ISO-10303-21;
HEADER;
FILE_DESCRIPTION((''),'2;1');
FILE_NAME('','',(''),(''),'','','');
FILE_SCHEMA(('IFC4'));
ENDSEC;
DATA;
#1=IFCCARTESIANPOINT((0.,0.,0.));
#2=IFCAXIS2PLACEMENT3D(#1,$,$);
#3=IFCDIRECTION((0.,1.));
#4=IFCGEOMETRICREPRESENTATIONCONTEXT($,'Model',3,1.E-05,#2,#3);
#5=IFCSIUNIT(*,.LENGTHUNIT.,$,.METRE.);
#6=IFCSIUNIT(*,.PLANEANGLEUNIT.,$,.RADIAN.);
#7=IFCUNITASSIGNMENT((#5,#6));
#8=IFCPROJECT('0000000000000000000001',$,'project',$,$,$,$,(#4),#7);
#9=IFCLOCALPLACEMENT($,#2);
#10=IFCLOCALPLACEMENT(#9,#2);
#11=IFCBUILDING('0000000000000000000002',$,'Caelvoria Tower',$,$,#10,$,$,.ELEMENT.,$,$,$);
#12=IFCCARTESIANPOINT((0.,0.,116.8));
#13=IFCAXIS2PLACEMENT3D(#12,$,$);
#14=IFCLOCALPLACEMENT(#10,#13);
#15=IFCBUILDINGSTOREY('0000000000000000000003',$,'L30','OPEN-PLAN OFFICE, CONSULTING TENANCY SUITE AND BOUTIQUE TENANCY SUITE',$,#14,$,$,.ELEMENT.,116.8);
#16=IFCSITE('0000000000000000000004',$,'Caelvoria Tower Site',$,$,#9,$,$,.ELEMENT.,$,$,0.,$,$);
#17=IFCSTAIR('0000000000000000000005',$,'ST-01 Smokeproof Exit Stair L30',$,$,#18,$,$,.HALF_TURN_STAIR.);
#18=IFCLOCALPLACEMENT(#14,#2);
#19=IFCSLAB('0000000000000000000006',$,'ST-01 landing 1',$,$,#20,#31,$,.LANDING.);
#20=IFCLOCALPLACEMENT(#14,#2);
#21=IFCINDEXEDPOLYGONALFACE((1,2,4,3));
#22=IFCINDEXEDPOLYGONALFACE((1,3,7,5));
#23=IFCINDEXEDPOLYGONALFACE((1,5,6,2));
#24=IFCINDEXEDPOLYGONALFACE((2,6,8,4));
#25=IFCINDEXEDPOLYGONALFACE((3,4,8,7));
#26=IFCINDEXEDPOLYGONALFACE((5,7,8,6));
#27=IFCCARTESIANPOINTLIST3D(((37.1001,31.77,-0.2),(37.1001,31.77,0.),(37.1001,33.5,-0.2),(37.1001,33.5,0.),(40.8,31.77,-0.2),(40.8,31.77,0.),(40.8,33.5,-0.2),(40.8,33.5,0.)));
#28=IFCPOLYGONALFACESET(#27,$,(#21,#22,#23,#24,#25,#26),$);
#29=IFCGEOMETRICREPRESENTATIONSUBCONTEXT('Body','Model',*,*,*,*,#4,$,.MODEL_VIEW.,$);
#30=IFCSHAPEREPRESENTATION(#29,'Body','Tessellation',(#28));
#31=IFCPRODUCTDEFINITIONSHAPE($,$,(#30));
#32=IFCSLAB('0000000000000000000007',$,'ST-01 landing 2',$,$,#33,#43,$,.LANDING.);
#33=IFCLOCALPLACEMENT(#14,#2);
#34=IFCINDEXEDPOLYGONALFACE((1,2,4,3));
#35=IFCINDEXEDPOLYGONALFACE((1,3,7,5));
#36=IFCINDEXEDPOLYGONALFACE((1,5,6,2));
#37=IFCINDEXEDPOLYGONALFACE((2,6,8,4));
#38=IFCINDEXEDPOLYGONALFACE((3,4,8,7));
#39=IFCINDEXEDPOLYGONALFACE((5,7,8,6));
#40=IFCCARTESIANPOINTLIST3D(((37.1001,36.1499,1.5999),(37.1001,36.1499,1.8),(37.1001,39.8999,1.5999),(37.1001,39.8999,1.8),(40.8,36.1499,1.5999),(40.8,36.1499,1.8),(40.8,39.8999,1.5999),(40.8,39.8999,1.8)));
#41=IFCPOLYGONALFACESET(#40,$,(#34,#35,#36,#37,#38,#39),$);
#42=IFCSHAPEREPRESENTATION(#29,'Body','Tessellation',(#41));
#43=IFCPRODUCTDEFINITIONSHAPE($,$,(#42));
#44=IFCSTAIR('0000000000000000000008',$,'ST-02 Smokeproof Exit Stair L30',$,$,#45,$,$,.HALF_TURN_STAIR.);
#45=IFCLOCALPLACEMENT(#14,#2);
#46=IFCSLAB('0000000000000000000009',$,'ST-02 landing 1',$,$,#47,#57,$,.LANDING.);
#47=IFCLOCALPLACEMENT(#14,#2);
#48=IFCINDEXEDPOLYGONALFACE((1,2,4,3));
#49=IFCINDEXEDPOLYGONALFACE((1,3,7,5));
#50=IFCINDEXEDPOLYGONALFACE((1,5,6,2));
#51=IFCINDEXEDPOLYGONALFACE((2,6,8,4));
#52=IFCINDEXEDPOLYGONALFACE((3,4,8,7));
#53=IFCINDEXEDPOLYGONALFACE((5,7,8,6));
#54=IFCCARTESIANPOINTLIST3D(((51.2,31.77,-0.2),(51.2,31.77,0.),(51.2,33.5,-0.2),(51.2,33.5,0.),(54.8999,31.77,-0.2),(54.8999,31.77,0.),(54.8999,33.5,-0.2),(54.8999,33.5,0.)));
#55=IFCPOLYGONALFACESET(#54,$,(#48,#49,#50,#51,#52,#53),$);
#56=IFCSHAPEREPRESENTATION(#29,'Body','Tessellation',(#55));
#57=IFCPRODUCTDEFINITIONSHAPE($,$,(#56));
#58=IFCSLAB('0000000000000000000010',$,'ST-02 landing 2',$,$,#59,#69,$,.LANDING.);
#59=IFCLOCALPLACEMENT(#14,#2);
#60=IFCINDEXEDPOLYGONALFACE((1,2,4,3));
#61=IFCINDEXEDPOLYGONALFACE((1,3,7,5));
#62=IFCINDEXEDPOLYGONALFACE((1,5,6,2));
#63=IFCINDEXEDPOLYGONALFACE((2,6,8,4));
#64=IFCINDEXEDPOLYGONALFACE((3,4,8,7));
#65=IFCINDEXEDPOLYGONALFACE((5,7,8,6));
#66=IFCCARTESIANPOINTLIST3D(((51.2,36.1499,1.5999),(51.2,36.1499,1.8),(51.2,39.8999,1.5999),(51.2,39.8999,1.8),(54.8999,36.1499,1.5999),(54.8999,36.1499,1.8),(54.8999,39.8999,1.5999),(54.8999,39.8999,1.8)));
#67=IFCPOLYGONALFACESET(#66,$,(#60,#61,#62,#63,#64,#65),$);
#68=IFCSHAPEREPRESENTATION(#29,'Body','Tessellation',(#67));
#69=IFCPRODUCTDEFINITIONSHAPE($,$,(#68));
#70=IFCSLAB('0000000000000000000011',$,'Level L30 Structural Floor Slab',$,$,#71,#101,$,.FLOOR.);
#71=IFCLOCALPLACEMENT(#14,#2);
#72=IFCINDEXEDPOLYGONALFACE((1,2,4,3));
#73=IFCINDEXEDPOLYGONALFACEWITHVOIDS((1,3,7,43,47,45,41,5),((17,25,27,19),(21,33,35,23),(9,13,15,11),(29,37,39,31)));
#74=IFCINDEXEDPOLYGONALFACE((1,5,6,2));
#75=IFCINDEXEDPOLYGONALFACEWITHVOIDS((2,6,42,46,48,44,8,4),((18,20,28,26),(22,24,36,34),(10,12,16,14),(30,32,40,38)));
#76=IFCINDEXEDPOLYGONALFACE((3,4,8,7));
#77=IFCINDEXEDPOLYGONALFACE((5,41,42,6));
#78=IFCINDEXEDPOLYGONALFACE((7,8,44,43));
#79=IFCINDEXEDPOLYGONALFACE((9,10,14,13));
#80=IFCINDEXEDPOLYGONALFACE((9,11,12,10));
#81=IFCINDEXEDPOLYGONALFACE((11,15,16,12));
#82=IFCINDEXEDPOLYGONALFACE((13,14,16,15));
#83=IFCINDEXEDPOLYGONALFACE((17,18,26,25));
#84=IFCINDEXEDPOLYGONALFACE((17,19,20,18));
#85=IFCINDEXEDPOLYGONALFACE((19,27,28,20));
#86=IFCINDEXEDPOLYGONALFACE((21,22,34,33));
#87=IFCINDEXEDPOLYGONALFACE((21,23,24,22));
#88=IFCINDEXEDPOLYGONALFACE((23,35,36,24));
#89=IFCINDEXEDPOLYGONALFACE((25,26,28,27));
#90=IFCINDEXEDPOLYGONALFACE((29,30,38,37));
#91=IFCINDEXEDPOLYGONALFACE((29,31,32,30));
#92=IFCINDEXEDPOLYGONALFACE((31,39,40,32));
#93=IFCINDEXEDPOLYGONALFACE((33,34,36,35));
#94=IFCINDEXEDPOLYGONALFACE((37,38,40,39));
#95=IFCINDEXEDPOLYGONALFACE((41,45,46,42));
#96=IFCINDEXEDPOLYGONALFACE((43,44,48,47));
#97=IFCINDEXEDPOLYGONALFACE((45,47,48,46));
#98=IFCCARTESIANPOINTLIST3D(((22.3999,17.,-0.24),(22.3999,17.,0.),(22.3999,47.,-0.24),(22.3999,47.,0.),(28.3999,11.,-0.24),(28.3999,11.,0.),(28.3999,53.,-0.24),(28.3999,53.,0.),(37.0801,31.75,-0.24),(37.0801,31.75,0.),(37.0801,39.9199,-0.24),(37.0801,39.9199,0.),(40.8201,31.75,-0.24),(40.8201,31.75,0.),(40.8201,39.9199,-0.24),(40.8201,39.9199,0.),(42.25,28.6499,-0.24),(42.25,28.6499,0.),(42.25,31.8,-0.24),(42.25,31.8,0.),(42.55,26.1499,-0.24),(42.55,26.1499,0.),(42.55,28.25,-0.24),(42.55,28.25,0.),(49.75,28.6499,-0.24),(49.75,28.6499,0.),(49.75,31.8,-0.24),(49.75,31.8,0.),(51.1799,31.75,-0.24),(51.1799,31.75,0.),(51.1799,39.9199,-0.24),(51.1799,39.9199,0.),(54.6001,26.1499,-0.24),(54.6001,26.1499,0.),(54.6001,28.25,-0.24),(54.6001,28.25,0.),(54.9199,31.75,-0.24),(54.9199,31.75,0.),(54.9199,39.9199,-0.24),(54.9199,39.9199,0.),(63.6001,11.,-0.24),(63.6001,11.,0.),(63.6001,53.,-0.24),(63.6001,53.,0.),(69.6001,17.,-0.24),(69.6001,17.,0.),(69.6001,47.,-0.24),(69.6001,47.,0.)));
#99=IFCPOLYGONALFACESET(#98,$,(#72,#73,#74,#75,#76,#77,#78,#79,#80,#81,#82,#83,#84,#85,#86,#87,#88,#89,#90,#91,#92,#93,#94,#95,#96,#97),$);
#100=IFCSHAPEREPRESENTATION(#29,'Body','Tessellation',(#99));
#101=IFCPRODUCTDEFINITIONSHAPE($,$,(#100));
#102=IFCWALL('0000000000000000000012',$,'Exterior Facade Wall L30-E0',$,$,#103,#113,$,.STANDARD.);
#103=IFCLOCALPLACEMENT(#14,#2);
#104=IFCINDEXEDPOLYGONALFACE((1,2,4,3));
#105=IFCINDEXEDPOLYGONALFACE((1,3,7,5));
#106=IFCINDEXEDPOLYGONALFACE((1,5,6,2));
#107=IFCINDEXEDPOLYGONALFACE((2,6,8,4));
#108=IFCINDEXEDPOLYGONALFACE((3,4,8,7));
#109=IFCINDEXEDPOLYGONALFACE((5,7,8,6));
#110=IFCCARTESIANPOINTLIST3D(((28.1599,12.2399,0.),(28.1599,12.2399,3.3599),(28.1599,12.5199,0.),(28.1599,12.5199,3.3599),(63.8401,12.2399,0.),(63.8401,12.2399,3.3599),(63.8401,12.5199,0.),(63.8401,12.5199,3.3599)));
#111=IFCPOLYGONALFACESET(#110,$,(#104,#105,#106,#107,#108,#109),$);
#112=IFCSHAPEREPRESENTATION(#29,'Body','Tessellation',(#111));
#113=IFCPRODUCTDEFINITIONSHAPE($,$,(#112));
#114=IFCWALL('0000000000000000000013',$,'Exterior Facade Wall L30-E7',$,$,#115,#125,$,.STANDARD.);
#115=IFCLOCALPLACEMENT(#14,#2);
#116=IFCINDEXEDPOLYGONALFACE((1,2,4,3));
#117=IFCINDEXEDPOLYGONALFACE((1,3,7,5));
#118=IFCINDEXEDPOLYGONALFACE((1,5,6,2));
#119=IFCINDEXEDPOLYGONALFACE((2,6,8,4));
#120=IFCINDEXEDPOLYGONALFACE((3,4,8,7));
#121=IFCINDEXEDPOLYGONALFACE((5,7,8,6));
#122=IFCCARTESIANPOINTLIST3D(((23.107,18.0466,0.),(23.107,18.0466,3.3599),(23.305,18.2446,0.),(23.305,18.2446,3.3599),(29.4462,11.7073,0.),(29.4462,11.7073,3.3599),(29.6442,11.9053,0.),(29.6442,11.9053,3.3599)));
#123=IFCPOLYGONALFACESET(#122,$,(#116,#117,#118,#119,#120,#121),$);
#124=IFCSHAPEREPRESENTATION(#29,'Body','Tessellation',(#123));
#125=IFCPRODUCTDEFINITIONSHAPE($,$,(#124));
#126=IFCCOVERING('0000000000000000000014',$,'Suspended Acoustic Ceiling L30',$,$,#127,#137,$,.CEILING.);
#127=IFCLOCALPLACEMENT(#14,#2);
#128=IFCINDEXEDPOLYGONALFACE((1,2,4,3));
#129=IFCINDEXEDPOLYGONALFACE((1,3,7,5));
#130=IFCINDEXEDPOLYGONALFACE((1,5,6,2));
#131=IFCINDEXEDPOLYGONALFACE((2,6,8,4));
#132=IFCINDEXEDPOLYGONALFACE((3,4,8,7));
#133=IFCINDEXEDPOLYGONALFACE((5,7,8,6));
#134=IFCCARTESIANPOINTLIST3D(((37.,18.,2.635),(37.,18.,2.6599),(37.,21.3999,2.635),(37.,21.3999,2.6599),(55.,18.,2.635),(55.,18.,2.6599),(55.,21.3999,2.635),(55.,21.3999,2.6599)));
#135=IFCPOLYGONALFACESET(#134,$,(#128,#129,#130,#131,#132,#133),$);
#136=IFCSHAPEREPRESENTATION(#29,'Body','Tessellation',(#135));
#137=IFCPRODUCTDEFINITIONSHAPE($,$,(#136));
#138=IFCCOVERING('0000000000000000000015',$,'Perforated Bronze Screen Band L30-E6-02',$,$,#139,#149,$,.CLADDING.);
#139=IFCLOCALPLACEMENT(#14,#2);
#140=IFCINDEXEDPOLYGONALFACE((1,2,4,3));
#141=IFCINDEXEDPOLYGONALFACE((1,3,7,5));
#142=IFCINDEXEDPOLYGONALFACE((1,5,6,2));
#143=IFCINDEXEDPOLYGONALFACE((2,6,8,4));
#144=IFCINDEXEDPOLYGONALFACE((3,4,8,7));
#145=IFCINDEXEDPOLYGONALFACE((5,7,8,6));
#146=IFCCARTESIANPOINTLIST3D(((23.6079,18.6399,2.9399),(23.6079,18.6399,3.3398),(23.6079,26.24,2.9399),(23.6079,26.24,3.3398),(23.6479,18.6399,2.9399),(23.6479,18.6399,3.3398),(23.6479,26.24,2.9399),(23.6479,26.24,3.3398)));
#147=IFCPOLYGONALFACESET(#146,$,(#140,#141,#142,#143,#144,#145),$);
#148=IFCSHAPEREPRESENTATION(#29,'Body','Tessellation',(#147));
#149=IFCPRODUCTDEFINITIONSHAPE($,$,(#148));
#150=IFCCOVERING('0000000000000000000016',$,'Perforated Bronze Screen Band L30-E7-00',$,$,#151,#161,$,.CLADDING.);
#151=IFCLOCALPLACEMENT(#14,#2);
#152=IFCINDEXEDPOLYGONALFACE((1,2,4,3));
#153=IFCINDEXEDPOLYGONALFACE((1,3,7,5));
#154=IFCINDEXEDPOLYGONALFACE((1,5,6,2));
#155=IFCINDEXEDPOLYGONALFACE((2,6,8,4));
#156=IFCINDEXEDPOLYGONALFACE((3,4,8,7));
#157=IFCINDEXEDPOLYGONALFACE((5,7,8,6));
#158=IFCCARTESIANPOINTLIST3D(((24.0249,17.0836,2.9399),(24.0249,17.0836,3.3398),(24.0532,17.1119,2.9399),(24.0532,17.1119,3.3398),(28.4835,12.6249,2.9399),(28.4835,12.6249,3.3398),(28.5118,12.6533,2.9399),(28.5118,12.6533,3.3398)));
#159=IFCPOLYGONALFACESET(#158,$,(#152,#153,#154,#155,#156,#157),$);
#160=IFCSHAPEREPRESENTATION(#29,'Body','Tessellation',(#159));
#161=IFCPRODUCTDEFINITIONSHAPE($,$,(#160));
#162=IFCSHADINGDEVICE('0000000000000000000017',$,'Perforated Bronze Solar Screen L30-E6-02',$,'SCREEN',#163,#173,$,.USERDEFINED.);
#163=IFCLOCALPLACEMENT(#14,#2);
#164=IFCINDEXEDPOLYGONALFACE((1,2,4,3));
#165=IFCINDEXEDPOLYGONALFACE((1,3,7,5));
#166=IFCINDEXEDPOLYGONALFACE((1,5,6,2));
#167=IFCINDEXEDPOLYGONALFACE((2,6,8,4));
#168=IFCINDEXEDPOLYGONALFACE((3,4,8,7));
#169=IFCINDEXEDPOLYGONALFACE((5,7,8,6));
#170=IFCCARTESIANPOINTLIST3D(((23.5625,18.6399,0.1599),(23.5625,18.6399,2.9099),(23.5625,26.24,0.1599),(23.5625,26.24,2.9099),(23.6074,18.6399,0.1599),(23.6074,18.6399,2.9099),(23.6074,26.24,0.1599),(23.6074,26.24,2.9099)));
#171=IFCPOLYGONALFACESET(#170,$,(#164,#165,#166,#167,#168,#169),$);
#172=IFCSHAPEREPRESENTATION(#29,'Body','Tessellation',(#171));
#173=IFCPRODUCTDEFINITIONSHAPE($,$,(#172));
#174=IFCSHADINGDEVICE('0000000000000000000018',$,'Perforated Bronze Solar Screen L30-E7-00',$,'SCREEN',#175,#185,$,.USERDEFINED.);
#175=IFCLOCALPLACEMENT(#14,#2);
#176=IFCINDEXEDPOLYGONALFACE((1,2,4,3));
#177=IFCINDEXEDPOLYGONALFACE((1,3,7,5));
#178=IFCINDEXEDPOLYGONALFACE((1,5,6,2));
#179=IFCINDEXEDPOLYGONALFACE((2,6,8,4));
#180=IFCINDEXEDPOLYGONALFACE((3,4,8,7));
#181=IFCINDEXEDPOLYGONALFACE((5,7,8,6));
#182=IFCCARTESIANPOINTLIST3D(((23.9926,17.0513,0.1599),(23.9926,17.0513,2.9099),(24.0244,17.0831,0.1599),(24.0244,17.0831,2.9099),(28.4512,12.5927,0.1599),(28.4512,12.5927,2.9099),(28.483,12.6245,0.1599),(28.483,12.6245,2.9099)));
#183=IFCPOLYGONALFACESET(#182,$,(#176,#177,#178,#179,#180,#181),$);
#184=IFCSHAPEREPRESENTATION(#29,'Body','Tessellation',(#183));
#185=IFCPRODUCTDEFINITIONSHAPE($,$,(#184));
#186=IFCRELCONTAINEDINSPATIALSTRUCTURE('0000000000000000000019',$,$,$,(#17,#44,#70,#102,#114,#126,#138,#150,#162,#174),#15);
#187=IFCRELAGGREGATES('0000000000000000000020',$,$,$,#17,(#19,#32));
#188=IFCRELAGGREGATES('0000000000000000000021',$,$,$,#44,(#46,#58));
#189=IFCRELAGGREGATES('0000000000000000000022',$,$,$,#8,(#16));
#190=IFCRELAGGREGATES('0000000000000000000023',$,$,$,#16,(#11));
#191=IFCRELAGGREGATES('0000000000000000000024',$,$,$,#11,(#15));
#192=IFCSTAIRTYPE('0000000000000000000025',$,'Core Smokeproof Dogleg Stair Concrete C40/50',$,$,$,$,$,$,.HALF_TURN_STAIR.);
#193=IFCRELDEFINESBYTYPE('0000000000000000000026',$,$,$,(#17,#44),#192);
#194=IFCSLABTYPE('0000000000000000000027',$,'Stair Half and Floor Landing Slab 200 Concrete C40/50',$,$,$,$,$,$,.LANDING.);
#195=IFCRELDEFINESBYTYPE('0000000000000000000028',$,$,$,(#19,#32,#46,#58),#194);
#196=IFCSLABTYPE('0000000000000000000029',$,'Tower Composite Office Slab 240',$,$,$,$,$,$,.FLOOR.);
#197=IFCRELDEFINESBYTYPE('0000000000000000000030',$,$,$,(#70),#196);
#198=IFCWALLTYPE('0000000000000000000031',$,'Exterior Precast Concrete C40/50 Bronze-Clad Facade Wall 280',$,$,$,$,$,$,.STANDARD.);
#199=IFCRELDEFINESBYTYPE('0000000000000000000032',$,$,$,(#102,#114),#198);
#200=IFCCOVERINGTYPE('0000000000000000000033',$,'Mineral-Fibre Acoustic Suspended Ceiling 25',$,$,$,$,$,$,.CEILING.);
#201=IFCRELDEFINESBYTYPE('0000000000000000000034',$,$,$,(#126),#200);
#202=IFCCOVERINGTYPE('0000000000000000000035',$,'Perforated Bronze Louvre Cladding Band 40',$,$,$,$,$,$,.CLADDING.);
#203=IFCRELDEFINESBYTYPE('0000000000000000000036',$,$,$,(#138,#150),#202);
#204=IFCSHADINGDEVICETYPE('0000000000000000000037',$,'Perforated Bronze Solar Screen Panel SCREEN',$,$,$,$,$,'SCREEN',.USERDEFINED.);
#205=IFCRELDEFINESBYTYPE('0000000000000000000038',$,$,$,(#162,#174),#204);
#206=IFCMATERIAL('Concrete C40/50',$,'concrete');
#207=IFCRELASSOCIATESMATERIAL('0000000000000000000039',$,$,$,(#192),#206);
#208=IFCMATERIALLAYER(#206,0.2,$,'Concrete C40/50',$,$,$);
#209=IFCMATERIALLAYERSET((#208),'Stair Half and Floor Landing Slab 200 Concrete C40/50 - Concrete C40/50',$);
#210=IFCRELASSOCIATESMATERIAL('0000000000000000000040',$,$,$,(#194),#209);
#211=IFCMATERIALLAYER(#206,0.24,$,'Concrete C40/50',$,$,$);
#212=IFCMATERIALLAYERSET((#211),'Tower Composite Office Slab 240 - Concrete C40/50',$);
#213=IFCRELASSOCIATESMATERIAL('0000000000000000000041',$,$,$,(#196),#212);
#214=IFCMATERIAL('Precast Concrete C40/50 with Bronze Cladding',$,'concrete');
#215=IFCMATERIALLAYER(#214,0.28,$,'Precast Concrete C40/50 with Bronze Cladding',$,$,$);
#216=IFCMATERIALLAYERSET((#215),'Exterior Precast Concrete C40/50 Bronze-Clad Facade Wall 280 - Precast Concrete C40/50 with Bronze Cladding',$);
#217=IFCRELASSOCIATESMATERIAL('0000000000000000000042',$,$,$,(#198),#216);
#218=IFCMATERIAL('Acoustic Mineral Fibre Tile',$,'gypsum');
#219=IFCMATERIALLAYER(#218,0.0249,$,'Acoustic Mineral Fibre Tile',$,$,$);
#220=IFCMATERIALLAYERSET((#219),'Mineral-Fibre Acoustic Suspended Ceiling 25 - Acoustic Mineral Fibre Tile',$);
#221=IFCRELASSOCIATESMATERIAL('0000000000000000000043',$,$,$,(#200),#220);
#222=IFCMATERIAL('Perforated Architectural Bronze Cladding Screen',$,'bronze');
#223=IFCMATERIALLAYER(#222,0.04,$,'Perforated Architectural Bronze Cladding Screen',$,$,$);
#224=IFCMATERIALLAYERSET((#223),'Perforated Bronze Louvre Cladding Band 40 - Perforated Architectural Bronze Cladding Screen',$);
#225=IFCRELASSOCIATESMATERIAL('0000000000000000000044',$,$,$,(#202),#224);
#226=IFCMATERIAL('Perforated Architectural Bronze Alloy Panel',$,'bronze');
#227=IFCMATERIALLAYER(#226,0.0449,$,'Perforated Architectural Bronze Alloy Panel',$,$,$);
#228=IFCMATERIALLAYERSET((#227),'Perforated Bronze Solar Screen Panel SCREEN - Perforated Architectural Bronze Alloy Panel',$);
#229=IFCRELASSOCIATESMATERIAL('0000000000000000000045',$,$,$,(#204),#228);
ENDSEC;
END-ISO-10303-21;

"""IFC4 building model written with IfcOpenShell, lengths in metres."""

from ifc_helpers import new_model, si_unit, direction, frame, frame_2d, origin, origin_2d, place, context, subcontext, project, spatial, polyline, rectangle, outline, extrude, material, layer, layer_set, type_object, element, aggregate, save


model = new_model("IFC4")

# Units and contexts
model_context = context("Model", 3, precision=1e-05, world=origin(), true_north=direction((0.0, 1.0)))
body_context = subcontext(model_context, "Body", "Model", "MODEL_VIEW")
ifc_project = project(units=[si_unit("LENGTHUNIT", "METRE"), si_unit("PLANEANGLEUNIT", "RADIAN")], contexts=[model_context])

# Site, building, storey
site_placement = place(None, origin())
site = spatial("IfcSite", under=ifc_project, at=site_placement, Name="Caelvoria Tower Site", CompositionType="ELEMENT", RefElevation=0.0)
building_placement = place(site_placement, origin())
building = spatial("IfcBuilding", under=site, at=building_placement, Name="Caelvoria Tower", CompositionType="ELEMENT")
storey_placement = place(building_placement, frame((0.0, 0.0, 116.8)))
storey = spatial("IfcBuildingStorey", under=building, at=storey_placement, Name="L30", Description="OPEN-PLAN OFFICE, CONSULTING TENANCY SUITE AND BOUTIQUE TENANCY SUITE", CompositionType="ELEMENT", Elevation=116.8)

# Stairs, slabs
ifc_material_1 = material(Name="Concrete C40/50", Category="concrete")
stair_type = type_object("IfcStairType", Name="Core Smokeproof Dogleg Stair Concrete C40/50", PredefinedType="HALF_TURN_STAIR", material=ifc_material_1)
stair_1_placement = place(storey_placement, origin())
stair_1 = element("IfcStair", 1, at=stair_1_placement, inside=storey, type_object=stair_type, Name="ST-01 Smokeproof Exit Stair L30", PredefinedType="HALF_TURN_STAIR")
ifc_layer_1 = layer(ifc_material_1, 0.2, Name="Concrete C40/50")
ifc_layer_set_1 = layer_set([ifc_layer_1], Name="Stair Half and Floor Landing Slab 200 Concrete C40/50 - Concrete C40/50")
slab_type_1 = type_object("IfcSlabType", Name="Stair Half and Floor Landing Slab 200 Concrete C40/50", PredefinedType="LANDING", material=ifc_layer_set_1)
slab_1_placement = place(storey_placement, frame((0.0, 0.0, -0.2)))
slab_1 = element("IfcSlab", 2, at=slab_1_placement, type_object=slab_type_1, Name="ST-01 landing 1", PredefinedType="LANDING", context=body_context, shape_type="SweptSolid", body=[
    extrude(outline(polyline([(37.1001, 31.77), (40.8, 31.77), (40.8, 33.5), (37.1001, 33.5), (37.1001, 31.77)])), origin(), (0.0, 0.0, 1.0), 0.2),
])
slab_2_placement = place(storey_placement, frame((0.0, 0.0, 1.5999)))
slab_2 = element("IfcSlab", 3, at=slab_2_placement, type_object=slab_type_1, Name="ST-01 landing 2", PredefinedType="LANDING", context=body_context, shape_type="SweptSolid", body=[
    extrude(outline(polyline([(37.1001, 36.1499), (40.8, 36.1499), (40.8, 39.8999), (37.1001, 39.8999), (37.1001, 36.1499)])), origin(), (0.0, 0.0, 1.0), 0.2002),
])
aggregate(stair_1, [slab_1, slab_2])
stair_2_placement = place(storey_placement, origin())
stair_2 = element("IfcStair", 4, at=stair_2_placement, inside=storey, type_object=stair_type, Name="ST-02 Smokeproof Exit Stair L30", PredefinedType="HALF_TURN_STAIR")
slab_3_placement = place(storey_placement, frame((0.0, 0.0, -0.2)))
slab_3 = element("IfcSlab", 5, at=slab_3_placement, type_object=slab_type_1, Name="ST-02 landing 1", PredefinedType="LANDING", context=body_context, shape_type="SweptSolid", body=[
    extrude(outline(polyline([(51.2, 31.77), (54.8999, 31.77), (54.8999, 33.5), (51.2, 33.5), (51.2, 31.77)])), origin(), (0.0, 0.0, 1.0), 0.2),
])
slab_4_placement = place(storey_placement, frame((0.0, 0.0, 1.5999)))
slab_4 = element("IfcSlab", 6, at=slab_4_placement, type_object=slab_type_1, Name="ST-02 landing 2", PredefinedType="LANDING", context=body_context, shape_type="SweptSolid", body=[
    extrude(outline(polyline([(51.2, 36.1499), (54.8999, 36.1499), (54.8999, 39.8999), (51.2, 39.8999), (51.2, 36.1499)])), origin(), (0.0, 0.0, 1.0), 0.2002),
])
aggregate(stair_2, [slab_3, slab_4])

# Slab
ifc_layer_2 = layer(ifc_material_1, 0.24, Name="Concrete C40/50")
ifc_layer_set_2 = layer_set([ifc_layer_2], Name="Tower Composite Office Slab 240 - Concrete C40/50")
slab_type_2 = type_object("IfcSlabType", Name="Tower Composite Office Slab 240", PredefinedType="FLOOR", material=ifc_layer_set_2)
slab_5_placement = place(storey_placement, frame((0.0, 0.0, -0.24)))
element("IfcSlab", 7, at=slab_5_placement, inside=storey, type_object=slab_type_2, Name="Level L30 Structural Floor Slab", PredefinedType="FLOOR", context=body_context, shape_type="SweptSolid", body=[
    extrude(outline(polyline([(28.3999, 11.0), (63.6001, 11.0), (69.6001, 17.0), (69.6001, 47.0), (63.6001, 53.0), (28.3999, 53.0), (22.3999, 47.0), (22.3999, 17.0), (28.3999, 11.0)]), holes=[polyline([(37.0801, 31.75), (40.8201, 31.75), (40.8201, 39.9199), (37.0801, 39.9199), (37.0801, 31.75)]), polyline([(51.1799, 31.75), (54.9199, 31.75), (54.9199, 39.9199), (51.1799, 39.9199), (51.1799, 31.75)]), polyline([(42.25, 28.6499), (49.75, 28.6499), (49.75, 31.8), (42.25, 31.8), (42.25, 28.6499)]), polyline([(42.55, 26.1499), (54.6001, 26.1499), (54.6001, 28.25), (42.55, 28.25), (42.55, 26.1499)])]), origin(), (0.0, 0.0, 1.0), 0.24),
])

# Walls
ifc_material_2 = material(Name="Precast Concrete C40/50 with Bronze Cladding", Category="concrete")
ifc_layer_3 = layer(ifc_material_2, 0.28, Name="Precast Concrete C40/50 with Bronze Cladding")
ifc_layer_set_3 = layer_set([ifc_layer_3], Name="Exterior Precast Concrete C40/50 Bronze-Clad Facade Wall 280 - Precast Concrete C40/50 with Bronze Cladding")
wall_type = type_object("IfcWallType", Name="Exterior Precast Concrete C40/50 Bronze-Clad Facade Wall 280", PredefinedType="STANDARD", material=ifc_layer_set_3)
wall_1_placement = place(storey_placement, frame((28.1599, 12.3799, 0.0), z_axis=(0.0, 0.0, 1.0), x_axis=(1.0, 0.0, 0.0)))
element("IfcWall", 8, at=wall_1_placement, inside=storey, type_object=wall_type, Name="Exterior Facade Wall L30-E0", PredefinedType="STANDARD", context=body_context, shape_type="SweptSolid", body=[
    extrude(rectangle(XDim=35.6802, YDim=0.28, at=frame_2d((17.8401, 0.0))), origin(), (0.0, 0.0, 1.0), 3.3599),
])
wall_2_placement = place(storey_placement, frame((23.2061, 18.1455, 0.0), z_axis=(0.0, 0.0, 1.0), x_axis=(0.707107, -0.707107, 0.0)))
element("IfcWall", 9, at=wall_2_placement, inside=storey, type_object=wall_type, Name="Exterior Facade Wall L30-E7", PredefinedType="STANDARD", context=body_context, shape_type="SweptSolid", body=[
    extrude(rectangle(XDim=8.9651, YDim=0.28, at=frame_2d((4.4824, 0.0))), origin(), (0.0, 0.0, 1.0), 3.3599),
])

# Coverings
ifc_material_3 = material(Name="Acoustic Mineral Fibre Tile", Category="gypsum")
ifc_layer_4 = layer(ifc_material_3, 0.0249, Name="Acoustic Mineral Fibre Tile")
ifc_layer_set_4 = layer_set([ifc_layer_4], Name="Mineral-Fibre Acoustic Suspended Ceiling 25 - Acoustic Mineral Fibre Tile")
covering_type_1 = type_object("IfcCoveringType", Name="Mineral-Fibre Acoustic Suspended Ceiling 25", PredefinedType="CEILING", material=ifc_layer_set_4)
covering_1_placement = place(storey_placement, frame((0.0, 0.0, 2.635)))
element("IfcCovering", 10, at=covering_1_placement, inside=storey, type_object=covering_type_1, Name="Suspended Acoustic Ceiling L30", PredefinedType="CEILING", context=body_context, shape_type="SweptSolid", body=[
    extrude(outline(polyline([(37.0, 18.0), (55.0, 18.0), (55.0, 21.3999), (37.0, 21.3999), (37.0, 18.0)])), origin(), (0.0, 0.0, 1.0), 0.0249),
])
ifc_material_4 = material(Name="Perforated Architectural Bronze Cladding Screen", Category="bronze")
ifc_layer_5 = layer(ifc_material_4, 0.04, Name="Perforated Architectural Bronze Cladding Screen")
ifc_layer_set_5 = layer_set([ifc_layer_5], Name="Perforated Bronze Louvre Cladding Band 40 - Perforated Architectural Bronze Cladding Screen")
covering_type_2 = type_object("IfcCoveringType", Name="Perforated Bronze Louvre Cladding Band 40", PredefinedType="CLADDING", material=ifc_layer_set_5)
covering_2_placement = place(storey_placement, frame((23.6279, 22.4399, 2.9399), z_axis=(0.0, 0.0, 1.0), x_axis=(0.0, -1.0, 0.0)))
element("IfcCovering", 11, at=covering_2_placement, inside=storey, type_object=covering_type_2, Name="Perforated Bronze Screen Band L30-E6-02", PredefinedType="CLADDING", context=body_context, shape_type="SweptSolid", body=[
    extrude(rectangle(XDim=7.6001, YDim=0.04, at=origin_2d()), origin(), (0.0, 0.0, 1.0), 0.3999),
])
covering_3_placement = place(storey_placement, frame((26.2683, 14.8684, 2.9399), z_axis=(0.0, 0.0, 1.0), x_axis=(0.707107, -0.707107, 0.0)))
element("IfcCovering", 12, at=covering_3_placement, inside=storey, type_object=covering_type_2, Name="Perforated Bronze Screen Band L30-E7-00", PredefinedType="CLADDING", context=body_context, shape_type="SweptSolid", body=[
    extrude(rectangle(XDim=6.3054, YDim=0.04, at=origin_2d()), origin(), (0.0, 0.0, 1.0), 0.3999),
])

# Shading devices
ifc_material_5 = material(Name="Perforated Architectural Bronze Alloy Panel", Category="bronze")
ifc_layer_6 = layer(ifc_material_5, 0.0449, Name="Perforated Architectural Bronze Alloy Panel")
ifc_layer_set_6 = layer_set([ifc_layer_6], Name="Perforated Bronze Solar Screen Panel SCREEN - Perforated Architectural Bronze Alloy Panel")
shading_device_type = type_object("IfcShadingDeviceType", Name="Perforated Bronze Solar Screen Panel SCREEN", ElementType="SCREEN", PredefinedType="USERDEFINED", material=ifc_layer_set_6)
shading_device_1_placement = place(storey_placement, frame((23.585, 22.4399, 0.1599), z_axis=(0.0, 0.0, 1.0), x_axis=(0.0, -1.0, 0.0)))
element("IfcShadingDevice", 13, at=shading_device_1_placement, inside=storey, type_object=shading_device_type, Name="Perforated Bronze Solar Screen L30-E6-02", ObjectType="SCREEN", PredefinedType="USERDEFINED", context=body_context, shape_type="SweptSolid", body=[
    extrude(rectangle(XDim=7.6001, YDim=0.0449, at=origin_2d()), origin(), (0.0, 0.0, 1.0), 2.75),
])
shading_device_2_placement = place(storey_placement, frame((26.2378, 14.8379, 0.1599), z_axis=(0.0, 0.0, 1.0), x_axis=(0.707107, -0.707107, 0.0)))
element("IfcShadingDevice", 14, at=shading_device_2_placement, inside=storey, type_object=shading_device_type, Name="Perforated Bronze Solar Screen L30-E7-00", ObjectType="SCREEN", PredefinedType="USERDEFINED", context=body_context, shape_type="SweptSolid", body=[
    extrude(rectangle(XDim=6.3054, YDim=0.0449, at=origin_2d()), origin(), (0.0, 0.0, 1.0), 2.75),
])

save(model, "model.ifc")
